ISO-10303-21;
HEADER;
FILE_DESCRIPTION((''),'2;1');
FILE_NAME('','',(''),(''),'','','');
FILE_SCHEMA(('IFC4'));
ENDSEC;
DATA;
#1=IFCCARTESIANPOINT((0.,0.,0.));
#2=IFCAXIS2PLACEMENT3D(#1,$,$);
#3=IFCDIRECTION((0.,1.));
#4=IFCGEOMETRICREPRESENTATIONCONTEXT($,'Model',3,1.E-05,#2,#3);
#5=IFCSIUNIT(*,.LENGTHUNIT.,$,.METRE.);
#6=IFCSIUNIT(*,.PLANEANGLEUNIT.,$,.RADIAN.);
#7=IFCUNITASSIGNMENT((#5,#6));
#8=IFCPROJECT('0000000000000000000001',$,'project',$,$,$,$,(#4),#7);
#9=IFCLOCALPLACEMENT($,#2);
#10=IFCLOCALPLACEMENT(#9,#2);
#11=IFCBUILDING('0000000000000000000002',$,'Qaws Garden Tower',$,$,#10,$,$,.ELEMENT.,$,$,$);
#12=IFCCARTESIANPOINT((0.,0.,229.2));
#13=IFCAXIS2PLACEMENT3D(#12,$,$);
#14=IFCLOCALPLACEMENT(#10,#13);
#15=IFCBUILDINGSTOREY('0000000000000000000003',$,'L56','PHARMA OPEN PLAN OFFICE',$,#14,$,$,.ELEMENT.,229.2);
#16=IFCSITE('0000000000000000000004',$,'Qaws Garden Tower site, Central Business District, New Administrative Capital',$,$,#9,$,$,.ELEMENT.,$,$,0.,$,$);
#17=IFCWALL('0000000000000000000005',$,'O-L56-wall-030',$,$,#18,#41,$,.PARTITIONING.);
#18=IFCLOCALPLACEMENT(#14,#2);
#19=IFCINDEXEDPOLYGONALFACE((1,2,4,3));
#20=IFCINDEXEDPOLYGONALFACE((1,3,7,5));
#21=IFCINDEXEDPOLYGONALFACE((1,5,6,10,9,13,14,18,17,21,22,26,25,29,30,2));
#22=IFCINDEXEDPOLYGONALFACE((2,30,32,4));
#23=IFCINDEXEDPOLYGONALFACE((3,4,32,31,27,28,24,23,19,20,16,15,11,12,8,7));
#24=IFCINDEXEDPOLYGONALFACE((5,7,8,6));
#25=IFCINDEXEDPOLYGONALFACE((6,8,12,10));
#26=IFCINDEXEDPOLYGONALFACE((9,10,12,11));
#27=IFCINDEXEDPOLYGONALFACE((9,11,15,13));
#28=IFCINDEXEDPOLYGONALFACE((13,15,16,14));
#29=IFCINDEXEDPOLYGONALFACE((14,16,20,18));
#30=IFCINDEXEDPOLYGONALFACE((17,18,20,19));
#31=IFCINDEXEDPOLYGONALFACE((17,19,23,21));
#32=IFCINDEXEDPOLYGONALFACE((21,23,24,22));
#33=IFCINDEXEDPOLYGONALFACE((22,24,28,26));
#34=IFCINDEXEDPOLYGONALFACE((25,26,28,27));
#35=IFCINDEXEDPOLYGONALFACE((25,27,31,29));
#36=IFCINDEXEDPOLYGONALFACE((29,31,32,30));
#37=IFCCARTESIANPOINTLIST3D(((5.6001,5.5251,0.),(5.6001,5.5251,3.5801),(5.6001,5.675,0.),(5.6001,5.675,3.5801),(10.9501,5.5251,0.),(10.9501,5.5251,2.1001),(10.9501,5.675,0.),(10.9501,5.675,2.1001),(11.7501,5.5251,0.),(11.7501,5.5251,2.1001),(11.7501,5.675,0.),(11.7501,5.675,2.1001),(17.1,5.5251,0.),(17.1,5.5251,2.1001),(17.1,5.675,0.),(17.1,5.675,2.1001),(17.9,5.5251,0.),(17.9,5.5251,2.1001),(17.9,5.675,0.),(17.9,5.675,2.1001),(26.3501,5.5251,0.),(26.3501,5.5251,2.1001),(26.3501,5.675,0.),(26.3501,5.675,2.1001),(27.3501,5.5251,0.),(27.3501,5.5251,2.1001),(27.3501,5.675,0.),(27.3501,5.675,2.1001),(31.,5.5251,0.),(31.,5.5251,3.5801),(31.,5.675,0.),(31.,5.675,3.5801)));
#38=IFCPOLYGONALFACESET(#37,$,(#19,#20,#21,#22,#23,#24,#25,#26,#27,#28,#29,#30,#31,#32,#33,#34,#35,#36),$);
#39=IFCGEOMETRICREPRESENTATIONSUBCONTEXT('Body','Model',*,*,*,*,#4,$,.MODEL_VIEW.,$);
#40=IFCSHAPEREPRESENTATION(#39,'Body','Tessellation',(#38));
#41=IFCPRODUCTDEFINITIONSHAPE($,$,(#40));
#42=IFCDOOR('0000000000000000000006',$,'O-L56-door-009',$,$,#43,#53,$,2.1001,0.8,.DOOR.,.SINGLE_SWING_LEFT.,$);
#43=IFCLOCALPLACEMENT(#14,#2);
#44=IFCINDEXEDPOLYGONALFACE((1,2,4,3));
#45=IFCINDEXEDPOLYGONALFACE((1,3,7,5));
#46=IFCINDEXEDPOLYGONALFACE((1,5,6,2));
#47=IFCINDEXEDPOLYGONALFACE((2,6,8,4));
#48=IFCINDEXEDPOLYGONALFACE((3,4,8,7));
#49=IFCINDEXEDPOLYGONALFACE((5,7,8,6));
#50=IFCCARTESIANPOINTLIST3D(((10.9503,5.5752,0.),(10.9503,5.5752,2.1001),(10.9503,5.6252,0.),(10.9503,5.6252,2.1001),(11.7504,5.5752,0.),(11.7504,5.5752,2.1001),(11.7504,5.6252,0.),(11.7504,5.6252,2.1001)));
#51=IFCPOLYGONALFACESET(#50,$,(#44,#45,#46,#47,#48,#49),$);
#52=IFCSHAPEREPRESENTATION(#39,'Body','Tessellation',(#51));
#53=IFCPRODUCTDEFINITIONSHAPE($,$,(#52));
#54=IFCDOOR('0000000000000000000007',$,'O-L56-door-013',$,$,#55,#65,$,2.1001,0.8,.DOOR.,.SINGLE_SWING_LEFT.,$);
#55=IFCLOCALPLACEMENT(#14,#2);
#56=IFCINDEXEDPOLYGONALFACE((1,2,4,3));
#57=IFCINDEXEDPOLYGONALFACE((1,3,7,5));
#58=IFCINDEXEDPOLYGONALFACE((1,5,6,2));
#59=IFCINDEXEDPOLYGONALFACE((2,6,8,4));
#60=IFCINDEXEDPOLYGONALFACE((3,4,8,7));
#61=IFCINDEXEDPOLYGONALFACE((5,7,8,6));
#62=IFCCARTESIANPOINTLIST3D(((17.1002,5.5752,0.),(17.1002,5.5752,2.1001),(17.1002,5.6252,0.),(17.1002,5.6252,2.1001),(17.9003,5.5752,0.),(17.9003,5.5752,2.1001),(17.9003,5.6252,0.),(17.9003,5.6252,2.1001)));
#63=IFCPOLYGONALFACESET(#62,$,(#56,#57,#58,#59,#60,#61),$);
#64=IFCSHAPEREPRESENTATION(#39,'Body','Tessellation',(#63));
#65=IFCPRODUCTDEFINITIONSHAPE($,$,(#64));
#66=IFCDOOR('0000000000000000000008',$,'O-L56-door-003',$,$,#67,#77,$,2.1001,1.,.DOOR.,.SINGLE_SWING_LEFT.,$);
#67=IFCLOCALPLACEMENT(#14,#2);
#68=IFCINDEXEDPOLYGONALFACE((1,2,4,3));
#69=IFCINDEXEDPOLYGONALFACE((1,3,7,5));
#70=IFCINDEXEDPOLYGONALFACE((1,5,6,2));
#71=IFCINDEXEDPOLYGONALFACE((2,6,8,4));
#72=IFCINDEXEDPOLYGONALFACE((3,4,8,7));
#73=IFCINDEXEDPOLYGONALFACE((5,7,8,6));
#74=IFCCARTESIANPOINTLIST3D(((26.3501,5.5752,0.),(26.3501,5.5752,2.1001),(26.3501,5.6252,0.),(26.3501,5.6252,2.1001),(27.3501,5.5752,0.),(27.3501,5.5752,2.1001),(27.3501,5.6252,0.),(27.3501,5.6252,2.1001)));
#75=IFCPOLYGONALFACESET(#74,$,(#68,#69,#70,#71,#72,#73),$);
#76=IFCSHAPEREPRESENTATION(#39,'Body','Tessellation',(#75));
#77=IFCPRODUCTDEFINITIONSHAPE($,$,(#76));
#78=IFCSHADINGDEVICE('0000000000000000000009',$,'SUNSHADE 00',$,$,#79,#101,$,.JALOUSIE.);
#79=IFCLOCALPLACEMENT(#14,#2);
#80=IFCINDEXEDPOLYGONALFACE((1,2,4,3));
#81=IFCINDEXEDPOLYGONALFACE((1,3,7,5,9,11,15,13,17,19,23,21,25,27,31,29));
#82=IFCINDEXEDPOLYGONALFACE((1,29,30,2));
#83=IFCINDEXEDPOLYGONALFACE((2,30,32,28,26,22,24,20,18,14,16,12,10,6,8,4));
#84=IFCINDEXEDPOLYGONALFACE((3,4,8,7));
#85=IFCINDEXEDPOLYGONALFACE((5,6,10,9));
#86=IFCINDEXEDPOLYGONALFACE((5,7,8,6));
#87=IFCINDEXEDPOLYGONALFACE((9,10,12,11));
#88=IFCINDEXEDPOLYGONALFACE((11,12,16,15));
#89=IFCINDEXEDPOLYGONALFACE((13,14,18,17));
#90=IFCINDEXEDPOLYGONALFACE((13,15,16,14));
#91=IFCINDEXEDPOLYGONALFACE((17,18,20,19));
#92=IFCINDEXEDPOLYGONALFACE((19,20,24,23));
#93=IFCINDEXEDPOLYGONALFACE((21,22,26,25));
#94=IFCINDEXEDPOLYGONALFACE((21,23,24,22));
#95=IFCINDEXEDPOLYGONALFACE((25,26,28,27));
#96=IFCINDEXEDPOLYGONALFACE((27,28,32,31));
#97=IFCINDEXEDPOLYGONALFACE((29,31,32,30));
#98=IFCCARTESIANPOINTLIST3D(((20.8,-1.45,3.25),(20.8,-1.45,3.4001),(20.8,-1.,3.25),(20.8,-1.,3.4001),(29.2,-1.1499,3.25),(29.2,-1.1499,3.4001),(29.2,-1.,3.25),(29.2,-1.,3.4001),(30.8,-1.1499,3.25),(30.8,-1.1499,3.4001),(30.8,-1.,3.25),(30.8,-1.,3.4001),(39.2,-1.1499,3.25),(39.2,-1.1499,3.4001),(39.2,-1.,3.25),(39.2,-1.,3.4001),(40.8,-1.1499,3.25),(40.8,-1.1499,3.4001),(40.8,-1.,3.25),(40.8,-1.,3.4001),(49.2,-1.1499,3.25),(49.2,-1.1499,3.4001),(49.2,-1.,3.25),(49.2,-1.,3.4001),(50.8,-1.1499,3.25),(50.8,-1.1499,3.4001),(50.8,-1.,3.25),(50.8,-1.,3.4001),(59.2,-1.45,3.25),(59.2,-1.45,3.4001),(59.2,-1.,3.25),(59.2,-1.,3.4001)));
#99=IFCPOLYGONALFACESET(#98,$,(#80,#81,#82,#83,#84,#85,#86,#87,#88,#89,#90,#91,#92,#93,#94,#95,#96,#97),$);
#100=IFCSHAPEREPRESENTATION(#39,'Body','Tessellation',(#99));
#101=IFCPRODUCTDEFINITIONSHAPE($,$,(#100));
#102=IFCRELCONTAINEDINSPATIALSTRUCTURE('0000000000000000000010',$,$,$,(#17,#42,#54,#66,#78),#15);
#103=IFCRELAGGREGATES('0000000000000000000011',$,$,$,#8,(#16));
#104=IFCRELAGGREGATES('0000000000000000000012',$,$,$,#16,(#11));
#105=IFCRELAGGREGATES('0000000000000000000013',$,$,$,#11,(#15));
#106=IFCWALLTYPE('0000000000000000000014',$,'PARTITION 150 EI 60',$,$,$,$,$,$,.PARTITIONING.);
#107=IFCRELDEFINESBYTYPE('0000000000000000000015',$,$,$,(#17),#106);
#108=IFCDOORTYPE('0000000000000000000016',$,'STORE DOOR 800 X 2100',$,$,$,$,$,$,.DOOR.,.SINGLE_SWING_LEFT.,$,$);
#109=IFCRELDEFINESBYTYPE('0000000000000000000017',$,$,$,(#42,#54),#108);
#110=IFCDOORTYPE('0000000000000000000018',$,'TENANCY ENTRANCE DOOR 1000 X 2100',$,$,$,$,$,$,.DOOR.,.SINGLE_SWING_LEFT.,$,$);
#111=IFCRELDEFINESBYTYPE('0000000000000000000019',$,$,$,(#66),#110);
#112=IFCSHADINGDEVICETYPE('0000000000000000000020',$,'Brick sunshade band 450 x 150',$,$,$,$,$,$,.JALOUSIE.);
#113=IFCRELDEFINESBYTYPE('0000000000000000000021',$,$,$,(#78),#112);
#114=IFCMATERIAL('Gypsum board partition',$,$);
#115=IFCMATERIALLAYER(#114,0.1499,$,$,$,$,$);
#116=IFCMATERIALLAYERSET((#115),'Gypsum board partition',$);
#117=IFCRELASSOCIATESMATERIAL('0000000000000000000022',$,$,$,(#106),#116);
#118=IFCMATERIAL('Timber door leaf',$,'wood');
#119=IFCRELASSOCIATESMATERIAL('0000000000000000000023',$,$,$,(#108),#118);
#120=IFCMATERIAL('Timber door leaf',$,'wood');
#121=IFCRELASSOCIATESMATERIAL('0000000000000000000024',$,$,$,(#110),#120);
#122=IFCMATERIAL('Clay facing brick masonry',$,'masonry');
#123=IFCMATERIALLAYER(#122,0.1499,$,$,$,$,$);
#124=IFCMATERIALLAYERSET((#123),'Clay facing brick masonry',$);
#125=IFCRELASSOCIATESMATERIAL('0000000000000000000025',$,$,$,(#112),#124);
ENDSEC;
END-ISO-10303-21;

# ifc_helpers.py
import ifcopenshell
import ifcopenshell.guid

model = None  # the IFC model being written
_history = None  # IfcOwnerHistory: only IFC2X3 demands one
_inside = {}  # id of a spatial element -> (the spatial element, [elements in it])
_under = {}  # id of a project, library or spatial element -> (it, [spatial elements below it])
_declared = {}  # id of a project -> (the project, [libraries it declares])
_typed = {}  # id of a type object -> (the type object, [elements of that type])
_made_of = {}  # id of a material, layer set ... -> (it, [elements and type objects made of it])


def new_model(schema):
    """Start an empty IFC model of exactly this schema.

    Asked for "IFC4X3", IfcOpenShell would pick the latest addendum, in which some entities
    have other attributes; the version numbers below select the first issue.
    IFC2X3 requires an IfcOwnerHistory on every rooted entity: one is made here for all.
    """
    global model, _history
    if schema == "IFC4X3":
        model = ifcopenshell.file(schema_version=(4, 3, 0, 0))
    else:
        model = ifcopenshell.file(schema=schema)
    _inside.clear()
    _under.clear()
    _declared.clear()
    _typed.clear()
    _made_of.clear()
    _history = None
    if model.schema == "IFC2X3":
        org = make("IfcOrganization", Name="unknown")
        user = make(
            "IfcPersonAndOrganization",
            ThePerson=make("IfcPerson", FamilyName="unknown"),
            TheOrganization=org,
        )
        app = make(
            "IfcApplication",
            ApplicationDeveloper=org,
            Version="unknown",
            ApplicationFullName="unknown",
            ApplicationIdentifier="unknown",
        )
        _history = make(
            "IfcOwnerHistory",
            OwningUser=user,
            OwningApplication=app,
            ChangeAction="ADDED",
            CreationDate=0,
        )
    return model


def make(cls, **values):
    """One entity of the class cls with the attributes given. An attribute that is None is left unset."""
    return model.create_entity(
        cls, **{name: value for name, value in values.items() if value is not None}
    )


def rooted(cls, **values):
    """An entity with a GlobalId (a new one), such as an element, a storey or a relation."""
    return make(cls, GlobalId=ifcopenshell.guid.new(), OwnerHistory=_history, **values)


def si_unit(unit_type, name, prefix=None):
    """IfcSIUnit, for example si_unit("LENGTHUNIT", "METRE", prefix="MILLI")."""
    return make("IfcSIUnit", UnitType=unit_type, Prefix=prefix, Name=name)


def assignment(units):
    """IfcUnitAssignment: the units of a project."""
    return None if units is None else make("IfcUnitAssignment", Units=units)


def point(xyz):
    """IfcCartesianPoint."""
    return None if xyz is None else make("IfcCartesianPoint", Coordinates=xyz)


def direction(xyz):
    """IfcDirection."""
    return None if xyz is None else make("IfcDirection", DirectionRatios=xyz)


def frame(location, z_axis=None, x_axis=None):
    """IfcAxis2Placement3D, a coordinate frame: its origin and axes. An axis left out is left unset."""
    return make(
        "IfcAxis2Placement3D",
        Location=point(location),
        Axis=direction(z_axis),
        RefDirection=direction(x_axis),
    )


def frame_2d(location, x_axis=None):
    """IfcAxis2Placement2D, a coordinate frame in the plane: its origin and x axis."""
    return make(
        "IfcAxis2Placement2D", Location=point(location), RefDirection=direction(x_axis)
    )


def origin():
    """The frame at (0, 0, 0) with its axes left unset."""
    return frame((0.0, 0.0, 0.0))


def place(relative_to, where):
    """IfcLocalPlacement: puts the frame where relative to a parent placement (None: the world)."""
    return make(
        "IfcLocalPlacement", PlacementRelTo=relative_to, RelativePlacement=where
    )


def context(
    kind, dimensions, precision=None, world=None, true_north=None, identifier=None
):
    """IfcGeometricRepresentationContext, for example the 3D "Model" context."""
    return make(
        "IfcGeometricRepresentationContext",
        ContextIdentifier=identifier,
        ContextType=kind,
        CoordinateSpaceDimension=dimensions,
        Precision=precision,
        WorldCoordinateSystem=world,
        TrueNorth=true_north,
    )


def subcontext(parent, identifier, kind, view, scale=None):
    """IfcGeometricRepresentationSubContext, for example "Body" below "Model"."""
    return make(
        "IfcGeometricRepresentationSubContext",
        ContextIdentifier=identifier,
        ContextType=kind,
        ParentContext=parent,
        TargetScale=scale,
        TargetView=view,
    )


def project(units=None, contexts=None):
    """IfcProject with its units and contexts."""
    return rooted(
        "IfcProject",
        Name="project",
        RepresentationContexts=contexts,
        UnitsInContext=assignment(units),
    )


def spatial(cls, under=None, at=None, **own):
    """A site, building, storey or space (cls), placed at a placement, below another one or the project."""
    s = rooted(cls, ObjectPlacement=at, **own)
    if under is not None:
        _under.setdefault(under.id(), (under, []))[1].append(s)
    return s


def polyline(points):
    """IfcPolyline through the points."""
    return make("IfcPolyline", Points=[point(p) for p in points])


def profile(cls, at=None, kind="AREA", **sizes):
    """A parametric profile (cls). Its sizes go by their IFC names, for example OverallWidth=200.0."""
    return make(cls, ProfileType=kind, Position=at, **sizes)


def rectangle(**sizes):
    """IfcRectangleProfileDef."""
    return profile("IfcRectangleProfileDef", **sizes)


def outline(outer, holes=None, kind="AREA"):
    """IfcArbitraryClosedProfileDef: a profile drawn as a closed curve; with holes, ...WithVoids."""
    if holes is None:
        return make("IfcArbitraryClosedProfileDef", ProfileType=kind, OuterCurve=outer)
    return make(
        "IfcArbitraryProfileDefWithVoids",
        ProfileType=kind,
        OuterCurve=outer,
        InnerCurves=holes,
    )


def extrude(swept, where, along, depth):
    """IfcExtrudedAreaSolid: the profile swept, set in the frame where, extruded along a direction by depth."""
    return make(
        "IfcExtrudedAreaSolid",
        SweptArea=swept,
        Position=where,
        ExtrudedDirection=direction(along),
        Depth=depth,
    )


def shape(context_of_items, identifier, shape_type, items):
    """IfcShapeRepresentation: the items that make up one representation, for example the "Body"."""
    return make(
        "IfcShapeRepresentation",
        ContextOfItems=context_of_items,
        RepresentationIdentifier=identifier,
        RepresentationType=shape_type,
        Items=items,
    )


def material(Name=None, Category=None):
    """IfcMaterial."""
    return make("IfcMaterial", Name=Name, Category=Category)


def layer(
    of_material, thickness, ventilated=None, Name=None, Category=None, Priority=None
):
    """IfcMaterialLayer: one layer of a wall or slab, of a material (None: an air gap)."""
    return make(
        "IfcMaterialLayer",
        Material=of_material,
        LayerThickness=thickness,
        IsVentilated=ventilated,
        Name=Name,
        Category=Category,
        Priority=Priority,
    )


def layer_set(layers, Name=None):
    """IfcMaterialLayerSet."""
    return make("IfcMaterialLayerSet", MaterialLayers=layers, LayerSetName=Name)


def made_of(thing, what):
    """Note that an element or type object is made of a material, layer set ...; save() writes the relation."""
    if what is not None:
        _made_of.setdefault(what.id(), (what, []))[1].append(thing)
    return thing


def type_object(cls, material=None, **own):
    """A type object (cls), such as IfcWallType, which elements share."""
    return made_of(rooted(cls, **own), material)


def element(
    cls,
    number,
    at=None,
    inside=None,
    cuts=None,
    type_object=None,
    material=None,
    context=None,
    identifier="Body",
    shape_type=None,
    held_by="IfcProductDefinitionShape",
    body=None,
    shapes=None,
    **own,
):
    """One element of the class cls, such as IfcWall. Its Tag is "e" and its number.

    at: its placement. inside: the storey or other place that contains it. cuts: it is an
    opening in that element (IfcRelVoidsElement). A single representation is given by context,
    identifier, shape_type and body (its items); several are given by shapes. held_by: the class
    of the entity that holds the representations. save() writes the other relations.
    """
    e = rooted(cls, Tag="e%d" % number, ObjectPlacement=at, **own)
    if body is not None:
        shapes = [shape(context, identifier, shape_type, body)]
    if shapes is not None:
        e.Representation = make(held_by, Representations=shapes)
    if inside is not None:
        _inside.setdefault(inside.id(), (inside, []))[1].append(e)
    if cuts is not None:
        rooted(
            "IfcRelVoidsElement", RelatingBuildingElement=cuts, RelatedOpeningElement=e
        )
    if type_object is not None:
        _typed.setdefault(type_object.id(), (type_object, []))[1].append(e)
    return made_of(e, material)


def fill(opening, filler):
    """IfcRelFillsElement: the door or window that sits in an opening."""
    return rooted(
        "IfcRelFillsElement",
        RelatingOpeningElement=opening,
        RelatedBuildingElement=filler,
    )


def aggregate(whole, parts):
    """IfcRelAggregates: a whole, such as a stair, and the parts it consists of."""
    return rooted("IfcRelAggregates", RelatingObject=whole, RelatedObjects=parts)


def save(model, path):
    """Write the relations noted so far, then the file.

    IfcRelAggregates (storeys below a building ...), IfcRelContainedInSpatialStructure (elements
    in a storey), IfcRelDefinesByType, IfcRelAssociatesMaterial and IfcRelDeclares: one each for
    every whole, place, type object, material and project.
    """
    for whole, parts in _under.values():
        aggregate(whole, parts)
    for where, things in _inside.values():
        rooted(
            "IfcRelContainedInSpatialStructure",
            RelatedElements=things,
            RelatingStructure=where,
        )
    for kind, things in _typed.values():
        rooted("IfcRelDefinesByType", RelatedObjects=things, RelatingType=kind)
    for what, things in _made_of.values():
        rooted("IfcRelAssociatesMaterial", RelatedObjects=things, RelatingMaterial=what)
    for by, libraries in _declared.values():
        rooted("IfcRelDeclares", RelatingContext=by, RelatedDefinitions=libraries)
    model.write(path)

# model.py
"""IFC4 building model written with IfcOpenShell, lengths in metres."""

from ifc_helpers import new_model, si_unit, direction, frame, frame_2d, origin, place, context, subcontext, project, spatial, polyline, rectangle, outline, extrude, material, layer, layer_set, type_object, element, fill, save


model = new_model("IFC4")

# Units and contexts
model_context = context("Model", 3, precision=1e-05, world=origin(), true_north=direction((0.0, 1.0)))
body_context = subcontext(model_context, "Body", "Model", "MODEL_VIEW")
ifc_project = project(units=[si_unit("LENGTHUNIT", "METRE"), si_unit("PLANEANGLEUNIT", "RADIAN")], contexts=[model_context])

# Site, building, storey
site_placement = place(None, origin())
site = spatial("IfcSite", under=ifc_project, at=site_placement, Name="Qaws Garden Tower site, Central Business District, New Administrative Capital", CompositionType="ELEMENT", RefElevation=0.0)
building_placement = place(site_placement, origin())
building = spatial("IfcBuilding", under=site, at=building_placement, Name="Qaws Garden Tower", CompositionType="ELEMENT")
storey_placement = place(building_placement, frame((0.0, 0.0, 229.2)))
storey = spatial("IfcBuildingStorey", under=building, at=storey_placement, Name="L56", Description="PHARMA OPEN PLAN OFFICE", CompositionType="ELEMENT", Elevation=229.2)

# Wall, openings, doors
ifc_material_1 = material(Name="Gypsum board partition")
ifc_layer_1 = layer(ifc_material_1, 0.1499)
ifc_layer_set_1 = layer_set([ifc_layer_1], Name="Gypsum board partition")
wall_type_1 = type_object("IfcWallType", Name="PARTITION 150 EI 60", PredefinedType="PARTITIONING", material=ifc_layer_set_1)
ifc_material_2 = material(Name="Timber door leaf", Category="wood")
door_type_1 = type_object("IfcDoorType", Name="STORE DOOR 800 X 2100", OperationType="SINGLE_SWING_LEFT", PredefinedType="DOOR", material=ifc_material_2)
wall_1_placement = place(storey_placement, frame((5.6001, 5.6001, 0.0), z_axis=(0.0, 0.0, 1.0), x_axis=(1.0, 0.0, 0.0)))
wall_1 = element("IfcWall", 1, at=wall_1_placement, inside=storey, type_object=wall_type_1, Name="O-L56-wall-030", PredefinedType="PARTITIONING", context=body_context, shape_type="SweptSolid", body=[
    extrude(rectangle(XDim=25.3999, YDim=0.1499, at=frame_2d((12.7, 0.0))), origin(), (0.0, 0.0, 1.0), 3.5801),
])
opening_1_placement = place(wall_1_placement, frame((20.75, 0.0, 0.0)))
opening_1 = element("IfcOpeningElement", 2, at=opening_1_placement, cuts=wall_1, PredefinedType="OPENING", context=body_context, shape_type="SweptSolid", body=[
    extrude(rectangle(XDim=1.0, YDim=2.1001, at=frame_2d((0.5, 1.05))), frame((0.0, 0.085, 0.0), z_axis=(0.0, -1.0, 0.0), x_axis=(1.0, 0.0, 0.0)), (0.0, 0.0, 1.0), 0.1699),
])
opening_2_placement = place(wall_1_placement, frame((5.3501, 0.0, 0.0)))
opening_2 = element("IfcOpeningElement", 3, at=opening_2_placement, cuts=wall_1, PredefinedType="OPENING", context=body_context, shape_type="SweptSolid", body=[
    extrude(rectangle(XDim=0.8, YDim=2.1001, at=frame_2d((0.3999, 1.05))), frame((0.0, 0.085, 0.0), z_axis=(0.0, -1.0, 0.0), x_axis=(1.0, 0.0, 0.0)), (0.0, 0.0, 1.0), 0.1699),
])
opening_3_placement = place(wall_1_placement, frame((11.5, 0.0, 0.0)))
opening_3 = element("IfcOpeningElement", 4, at=opening_3_placement, cuts=wall_1, PredefinedType="OPENING", context=body_context, shape_type="SweptSolid", body=[
    extrude(rectangle(XDim=0.8, YDim=2.1001, at=frame_2d((0.3999, 1.05))), frame((0.0, 0.085, 0.0), z_axis=(0.0, -1.0, 0.0), x_axis=(1.0, 0.0, 0.0)), (0.0, 0.0, 1.0), 0.1699),
])
door_1_placement = place(opening_2_placement, frame((0.8, 0.0, 0.0), z_axis=(0.0, 0.0, 1.0), x_axis=(-1.0, 0.0, 0.0)))
door_1 = element("IfcDoor", 5, at=door_1_placement, inside=storey, type_object=door_type_1, Name="O-L56-door-009", OperationType="SINGLE_SWING_LEFT", OverallHeight=2.1001, OverallWidth=0.8, PredefinedType="DOOR", context=body_context, shape_type="SweptSolid", body=[
    extrude(rectangle(XDim=0.8, YDim=2.1001, at=frame_2d((0.3999, 1.05))), frame((0.0, 0.0249, 0.0), z_axis=(0.0, -1.0, 0.0), x_axis=(1.0, 0.0, 0.0)), (0.0, 0.0, 1.0), 0.05),
])
fill(opening_2, door_1)
door_2_placement = place(opening_3_placement, frame((0.8, 0.0, 0.0), z_axis=(0.0, 0.0, 1.0), x_axis=(-1.0, 0.0, 0.0)))
door_2 = element("IfcDoor", 6, at=door_2_placement, inside=storey, type_object=door_type_1, Name="O-L56-door-013", OperationType="SINGLE_SWING_LEFT", OverallHeight=2.1001, OverallWidth=0.8, PredefinedType="DOOR", context=body_context, shape_type="SweptSolid", body=[
    extrude(rectangle(XDim=0.8, YDim=2.1001, at=frame_2d((0.3999, 1.05))), frame((0.0, 0.0249, 0.0), z_axis=(0.0, -1.0, 0.0), x_axis=(1.0, 0.0, 0.0)), (0.0, 0.0, 1.0), 0.05),
])
fill(opening_3, door_2)
ifc_material_3 = material(Name="Timber door leaf", Category="wood")
door_type_2 = type_object("IfcDoorType", Name="TENANCY ENTRANCE DOOR 1000 X 2100", OperationType="SINGLE_SWING_LEFT", PredefinedType="DOOR", material=ifc_material_3)
door_3_placement = place(opening_1_placement, frame((1.0, 0.0, 0.0), z_axis=(0.0, 0.0, 1.0), x_axis=(-1.0, 0.0, 0.0)))
door_3 = element("IfcDoor", 7, at=door_3_placement, inside=storey, type_object=door_type_2, Name="O-L56-door-003", OperationType="SINGLE_SWING_LEFT", OverallHeight=2.1001, OverallWidth=1.0, PredefinedType="DOOR", context=body_context, shape_type="SweptSolid", body=[
    extrude(rectangle(XDim=1.0, YDim=2.1001, at=frame_2d((0.5, 1.05))), frame((0.0, 0.0249, 0.0), z_axis=(0.0, -1.0, 0.0), x_axis=(1.0, 0.0, 0.0)), (0.0, 0.0, 1.0), 0.05),
])
fill(opening_1, door_3)

# Shading device
ifc_material_4 = material(Name="Clay facing brick masonry", Category="masonry")
ifc_layer_2 = layer(ifc_material_4, 0.1499)
ifc_layer_set_2 = layer_set([ifc_layer_2], Name="Clay facing brick masonry")
shading_device_type = type_object("IfcShadingDeviceType", Name="Brick sunshade band 450 x 150", PredefinedType="JALOUSIE", material=ifc_layer_set_2)
shading_device_placement = place(storey_placement, frame((0.0, 0.0, 3.25)))
element("IfcShadingDevice", 8, at=shading_device_placement, inside=storey, type_object=shading_device_type, Name="SUNSHADE 00", PredefinedType="JALOUSIE", context=body_context, shape_type="SweptSolid", body=[
    extrude(outline(polyline([(20.8, -1.0), (20.8, -1.45), (59.2, -1.45), (59.2, -1.0), (50.8, -1.0), (50.8, -1.1499), (49.2, -1.1499), (49.2, -1.0), (40.8, -1.0), (40.8, -1.1499), (39.2, -1.1499), (39.2, -1.0), (30.8, -1.0), (30.8, -1.1499), (29.2, -1.1499), (29.2, -1.0), (20.8, -1.0)])), origin(), (0.0, 0.0, 1.0), 0.1501),
])

save(model, "model.ifc")
